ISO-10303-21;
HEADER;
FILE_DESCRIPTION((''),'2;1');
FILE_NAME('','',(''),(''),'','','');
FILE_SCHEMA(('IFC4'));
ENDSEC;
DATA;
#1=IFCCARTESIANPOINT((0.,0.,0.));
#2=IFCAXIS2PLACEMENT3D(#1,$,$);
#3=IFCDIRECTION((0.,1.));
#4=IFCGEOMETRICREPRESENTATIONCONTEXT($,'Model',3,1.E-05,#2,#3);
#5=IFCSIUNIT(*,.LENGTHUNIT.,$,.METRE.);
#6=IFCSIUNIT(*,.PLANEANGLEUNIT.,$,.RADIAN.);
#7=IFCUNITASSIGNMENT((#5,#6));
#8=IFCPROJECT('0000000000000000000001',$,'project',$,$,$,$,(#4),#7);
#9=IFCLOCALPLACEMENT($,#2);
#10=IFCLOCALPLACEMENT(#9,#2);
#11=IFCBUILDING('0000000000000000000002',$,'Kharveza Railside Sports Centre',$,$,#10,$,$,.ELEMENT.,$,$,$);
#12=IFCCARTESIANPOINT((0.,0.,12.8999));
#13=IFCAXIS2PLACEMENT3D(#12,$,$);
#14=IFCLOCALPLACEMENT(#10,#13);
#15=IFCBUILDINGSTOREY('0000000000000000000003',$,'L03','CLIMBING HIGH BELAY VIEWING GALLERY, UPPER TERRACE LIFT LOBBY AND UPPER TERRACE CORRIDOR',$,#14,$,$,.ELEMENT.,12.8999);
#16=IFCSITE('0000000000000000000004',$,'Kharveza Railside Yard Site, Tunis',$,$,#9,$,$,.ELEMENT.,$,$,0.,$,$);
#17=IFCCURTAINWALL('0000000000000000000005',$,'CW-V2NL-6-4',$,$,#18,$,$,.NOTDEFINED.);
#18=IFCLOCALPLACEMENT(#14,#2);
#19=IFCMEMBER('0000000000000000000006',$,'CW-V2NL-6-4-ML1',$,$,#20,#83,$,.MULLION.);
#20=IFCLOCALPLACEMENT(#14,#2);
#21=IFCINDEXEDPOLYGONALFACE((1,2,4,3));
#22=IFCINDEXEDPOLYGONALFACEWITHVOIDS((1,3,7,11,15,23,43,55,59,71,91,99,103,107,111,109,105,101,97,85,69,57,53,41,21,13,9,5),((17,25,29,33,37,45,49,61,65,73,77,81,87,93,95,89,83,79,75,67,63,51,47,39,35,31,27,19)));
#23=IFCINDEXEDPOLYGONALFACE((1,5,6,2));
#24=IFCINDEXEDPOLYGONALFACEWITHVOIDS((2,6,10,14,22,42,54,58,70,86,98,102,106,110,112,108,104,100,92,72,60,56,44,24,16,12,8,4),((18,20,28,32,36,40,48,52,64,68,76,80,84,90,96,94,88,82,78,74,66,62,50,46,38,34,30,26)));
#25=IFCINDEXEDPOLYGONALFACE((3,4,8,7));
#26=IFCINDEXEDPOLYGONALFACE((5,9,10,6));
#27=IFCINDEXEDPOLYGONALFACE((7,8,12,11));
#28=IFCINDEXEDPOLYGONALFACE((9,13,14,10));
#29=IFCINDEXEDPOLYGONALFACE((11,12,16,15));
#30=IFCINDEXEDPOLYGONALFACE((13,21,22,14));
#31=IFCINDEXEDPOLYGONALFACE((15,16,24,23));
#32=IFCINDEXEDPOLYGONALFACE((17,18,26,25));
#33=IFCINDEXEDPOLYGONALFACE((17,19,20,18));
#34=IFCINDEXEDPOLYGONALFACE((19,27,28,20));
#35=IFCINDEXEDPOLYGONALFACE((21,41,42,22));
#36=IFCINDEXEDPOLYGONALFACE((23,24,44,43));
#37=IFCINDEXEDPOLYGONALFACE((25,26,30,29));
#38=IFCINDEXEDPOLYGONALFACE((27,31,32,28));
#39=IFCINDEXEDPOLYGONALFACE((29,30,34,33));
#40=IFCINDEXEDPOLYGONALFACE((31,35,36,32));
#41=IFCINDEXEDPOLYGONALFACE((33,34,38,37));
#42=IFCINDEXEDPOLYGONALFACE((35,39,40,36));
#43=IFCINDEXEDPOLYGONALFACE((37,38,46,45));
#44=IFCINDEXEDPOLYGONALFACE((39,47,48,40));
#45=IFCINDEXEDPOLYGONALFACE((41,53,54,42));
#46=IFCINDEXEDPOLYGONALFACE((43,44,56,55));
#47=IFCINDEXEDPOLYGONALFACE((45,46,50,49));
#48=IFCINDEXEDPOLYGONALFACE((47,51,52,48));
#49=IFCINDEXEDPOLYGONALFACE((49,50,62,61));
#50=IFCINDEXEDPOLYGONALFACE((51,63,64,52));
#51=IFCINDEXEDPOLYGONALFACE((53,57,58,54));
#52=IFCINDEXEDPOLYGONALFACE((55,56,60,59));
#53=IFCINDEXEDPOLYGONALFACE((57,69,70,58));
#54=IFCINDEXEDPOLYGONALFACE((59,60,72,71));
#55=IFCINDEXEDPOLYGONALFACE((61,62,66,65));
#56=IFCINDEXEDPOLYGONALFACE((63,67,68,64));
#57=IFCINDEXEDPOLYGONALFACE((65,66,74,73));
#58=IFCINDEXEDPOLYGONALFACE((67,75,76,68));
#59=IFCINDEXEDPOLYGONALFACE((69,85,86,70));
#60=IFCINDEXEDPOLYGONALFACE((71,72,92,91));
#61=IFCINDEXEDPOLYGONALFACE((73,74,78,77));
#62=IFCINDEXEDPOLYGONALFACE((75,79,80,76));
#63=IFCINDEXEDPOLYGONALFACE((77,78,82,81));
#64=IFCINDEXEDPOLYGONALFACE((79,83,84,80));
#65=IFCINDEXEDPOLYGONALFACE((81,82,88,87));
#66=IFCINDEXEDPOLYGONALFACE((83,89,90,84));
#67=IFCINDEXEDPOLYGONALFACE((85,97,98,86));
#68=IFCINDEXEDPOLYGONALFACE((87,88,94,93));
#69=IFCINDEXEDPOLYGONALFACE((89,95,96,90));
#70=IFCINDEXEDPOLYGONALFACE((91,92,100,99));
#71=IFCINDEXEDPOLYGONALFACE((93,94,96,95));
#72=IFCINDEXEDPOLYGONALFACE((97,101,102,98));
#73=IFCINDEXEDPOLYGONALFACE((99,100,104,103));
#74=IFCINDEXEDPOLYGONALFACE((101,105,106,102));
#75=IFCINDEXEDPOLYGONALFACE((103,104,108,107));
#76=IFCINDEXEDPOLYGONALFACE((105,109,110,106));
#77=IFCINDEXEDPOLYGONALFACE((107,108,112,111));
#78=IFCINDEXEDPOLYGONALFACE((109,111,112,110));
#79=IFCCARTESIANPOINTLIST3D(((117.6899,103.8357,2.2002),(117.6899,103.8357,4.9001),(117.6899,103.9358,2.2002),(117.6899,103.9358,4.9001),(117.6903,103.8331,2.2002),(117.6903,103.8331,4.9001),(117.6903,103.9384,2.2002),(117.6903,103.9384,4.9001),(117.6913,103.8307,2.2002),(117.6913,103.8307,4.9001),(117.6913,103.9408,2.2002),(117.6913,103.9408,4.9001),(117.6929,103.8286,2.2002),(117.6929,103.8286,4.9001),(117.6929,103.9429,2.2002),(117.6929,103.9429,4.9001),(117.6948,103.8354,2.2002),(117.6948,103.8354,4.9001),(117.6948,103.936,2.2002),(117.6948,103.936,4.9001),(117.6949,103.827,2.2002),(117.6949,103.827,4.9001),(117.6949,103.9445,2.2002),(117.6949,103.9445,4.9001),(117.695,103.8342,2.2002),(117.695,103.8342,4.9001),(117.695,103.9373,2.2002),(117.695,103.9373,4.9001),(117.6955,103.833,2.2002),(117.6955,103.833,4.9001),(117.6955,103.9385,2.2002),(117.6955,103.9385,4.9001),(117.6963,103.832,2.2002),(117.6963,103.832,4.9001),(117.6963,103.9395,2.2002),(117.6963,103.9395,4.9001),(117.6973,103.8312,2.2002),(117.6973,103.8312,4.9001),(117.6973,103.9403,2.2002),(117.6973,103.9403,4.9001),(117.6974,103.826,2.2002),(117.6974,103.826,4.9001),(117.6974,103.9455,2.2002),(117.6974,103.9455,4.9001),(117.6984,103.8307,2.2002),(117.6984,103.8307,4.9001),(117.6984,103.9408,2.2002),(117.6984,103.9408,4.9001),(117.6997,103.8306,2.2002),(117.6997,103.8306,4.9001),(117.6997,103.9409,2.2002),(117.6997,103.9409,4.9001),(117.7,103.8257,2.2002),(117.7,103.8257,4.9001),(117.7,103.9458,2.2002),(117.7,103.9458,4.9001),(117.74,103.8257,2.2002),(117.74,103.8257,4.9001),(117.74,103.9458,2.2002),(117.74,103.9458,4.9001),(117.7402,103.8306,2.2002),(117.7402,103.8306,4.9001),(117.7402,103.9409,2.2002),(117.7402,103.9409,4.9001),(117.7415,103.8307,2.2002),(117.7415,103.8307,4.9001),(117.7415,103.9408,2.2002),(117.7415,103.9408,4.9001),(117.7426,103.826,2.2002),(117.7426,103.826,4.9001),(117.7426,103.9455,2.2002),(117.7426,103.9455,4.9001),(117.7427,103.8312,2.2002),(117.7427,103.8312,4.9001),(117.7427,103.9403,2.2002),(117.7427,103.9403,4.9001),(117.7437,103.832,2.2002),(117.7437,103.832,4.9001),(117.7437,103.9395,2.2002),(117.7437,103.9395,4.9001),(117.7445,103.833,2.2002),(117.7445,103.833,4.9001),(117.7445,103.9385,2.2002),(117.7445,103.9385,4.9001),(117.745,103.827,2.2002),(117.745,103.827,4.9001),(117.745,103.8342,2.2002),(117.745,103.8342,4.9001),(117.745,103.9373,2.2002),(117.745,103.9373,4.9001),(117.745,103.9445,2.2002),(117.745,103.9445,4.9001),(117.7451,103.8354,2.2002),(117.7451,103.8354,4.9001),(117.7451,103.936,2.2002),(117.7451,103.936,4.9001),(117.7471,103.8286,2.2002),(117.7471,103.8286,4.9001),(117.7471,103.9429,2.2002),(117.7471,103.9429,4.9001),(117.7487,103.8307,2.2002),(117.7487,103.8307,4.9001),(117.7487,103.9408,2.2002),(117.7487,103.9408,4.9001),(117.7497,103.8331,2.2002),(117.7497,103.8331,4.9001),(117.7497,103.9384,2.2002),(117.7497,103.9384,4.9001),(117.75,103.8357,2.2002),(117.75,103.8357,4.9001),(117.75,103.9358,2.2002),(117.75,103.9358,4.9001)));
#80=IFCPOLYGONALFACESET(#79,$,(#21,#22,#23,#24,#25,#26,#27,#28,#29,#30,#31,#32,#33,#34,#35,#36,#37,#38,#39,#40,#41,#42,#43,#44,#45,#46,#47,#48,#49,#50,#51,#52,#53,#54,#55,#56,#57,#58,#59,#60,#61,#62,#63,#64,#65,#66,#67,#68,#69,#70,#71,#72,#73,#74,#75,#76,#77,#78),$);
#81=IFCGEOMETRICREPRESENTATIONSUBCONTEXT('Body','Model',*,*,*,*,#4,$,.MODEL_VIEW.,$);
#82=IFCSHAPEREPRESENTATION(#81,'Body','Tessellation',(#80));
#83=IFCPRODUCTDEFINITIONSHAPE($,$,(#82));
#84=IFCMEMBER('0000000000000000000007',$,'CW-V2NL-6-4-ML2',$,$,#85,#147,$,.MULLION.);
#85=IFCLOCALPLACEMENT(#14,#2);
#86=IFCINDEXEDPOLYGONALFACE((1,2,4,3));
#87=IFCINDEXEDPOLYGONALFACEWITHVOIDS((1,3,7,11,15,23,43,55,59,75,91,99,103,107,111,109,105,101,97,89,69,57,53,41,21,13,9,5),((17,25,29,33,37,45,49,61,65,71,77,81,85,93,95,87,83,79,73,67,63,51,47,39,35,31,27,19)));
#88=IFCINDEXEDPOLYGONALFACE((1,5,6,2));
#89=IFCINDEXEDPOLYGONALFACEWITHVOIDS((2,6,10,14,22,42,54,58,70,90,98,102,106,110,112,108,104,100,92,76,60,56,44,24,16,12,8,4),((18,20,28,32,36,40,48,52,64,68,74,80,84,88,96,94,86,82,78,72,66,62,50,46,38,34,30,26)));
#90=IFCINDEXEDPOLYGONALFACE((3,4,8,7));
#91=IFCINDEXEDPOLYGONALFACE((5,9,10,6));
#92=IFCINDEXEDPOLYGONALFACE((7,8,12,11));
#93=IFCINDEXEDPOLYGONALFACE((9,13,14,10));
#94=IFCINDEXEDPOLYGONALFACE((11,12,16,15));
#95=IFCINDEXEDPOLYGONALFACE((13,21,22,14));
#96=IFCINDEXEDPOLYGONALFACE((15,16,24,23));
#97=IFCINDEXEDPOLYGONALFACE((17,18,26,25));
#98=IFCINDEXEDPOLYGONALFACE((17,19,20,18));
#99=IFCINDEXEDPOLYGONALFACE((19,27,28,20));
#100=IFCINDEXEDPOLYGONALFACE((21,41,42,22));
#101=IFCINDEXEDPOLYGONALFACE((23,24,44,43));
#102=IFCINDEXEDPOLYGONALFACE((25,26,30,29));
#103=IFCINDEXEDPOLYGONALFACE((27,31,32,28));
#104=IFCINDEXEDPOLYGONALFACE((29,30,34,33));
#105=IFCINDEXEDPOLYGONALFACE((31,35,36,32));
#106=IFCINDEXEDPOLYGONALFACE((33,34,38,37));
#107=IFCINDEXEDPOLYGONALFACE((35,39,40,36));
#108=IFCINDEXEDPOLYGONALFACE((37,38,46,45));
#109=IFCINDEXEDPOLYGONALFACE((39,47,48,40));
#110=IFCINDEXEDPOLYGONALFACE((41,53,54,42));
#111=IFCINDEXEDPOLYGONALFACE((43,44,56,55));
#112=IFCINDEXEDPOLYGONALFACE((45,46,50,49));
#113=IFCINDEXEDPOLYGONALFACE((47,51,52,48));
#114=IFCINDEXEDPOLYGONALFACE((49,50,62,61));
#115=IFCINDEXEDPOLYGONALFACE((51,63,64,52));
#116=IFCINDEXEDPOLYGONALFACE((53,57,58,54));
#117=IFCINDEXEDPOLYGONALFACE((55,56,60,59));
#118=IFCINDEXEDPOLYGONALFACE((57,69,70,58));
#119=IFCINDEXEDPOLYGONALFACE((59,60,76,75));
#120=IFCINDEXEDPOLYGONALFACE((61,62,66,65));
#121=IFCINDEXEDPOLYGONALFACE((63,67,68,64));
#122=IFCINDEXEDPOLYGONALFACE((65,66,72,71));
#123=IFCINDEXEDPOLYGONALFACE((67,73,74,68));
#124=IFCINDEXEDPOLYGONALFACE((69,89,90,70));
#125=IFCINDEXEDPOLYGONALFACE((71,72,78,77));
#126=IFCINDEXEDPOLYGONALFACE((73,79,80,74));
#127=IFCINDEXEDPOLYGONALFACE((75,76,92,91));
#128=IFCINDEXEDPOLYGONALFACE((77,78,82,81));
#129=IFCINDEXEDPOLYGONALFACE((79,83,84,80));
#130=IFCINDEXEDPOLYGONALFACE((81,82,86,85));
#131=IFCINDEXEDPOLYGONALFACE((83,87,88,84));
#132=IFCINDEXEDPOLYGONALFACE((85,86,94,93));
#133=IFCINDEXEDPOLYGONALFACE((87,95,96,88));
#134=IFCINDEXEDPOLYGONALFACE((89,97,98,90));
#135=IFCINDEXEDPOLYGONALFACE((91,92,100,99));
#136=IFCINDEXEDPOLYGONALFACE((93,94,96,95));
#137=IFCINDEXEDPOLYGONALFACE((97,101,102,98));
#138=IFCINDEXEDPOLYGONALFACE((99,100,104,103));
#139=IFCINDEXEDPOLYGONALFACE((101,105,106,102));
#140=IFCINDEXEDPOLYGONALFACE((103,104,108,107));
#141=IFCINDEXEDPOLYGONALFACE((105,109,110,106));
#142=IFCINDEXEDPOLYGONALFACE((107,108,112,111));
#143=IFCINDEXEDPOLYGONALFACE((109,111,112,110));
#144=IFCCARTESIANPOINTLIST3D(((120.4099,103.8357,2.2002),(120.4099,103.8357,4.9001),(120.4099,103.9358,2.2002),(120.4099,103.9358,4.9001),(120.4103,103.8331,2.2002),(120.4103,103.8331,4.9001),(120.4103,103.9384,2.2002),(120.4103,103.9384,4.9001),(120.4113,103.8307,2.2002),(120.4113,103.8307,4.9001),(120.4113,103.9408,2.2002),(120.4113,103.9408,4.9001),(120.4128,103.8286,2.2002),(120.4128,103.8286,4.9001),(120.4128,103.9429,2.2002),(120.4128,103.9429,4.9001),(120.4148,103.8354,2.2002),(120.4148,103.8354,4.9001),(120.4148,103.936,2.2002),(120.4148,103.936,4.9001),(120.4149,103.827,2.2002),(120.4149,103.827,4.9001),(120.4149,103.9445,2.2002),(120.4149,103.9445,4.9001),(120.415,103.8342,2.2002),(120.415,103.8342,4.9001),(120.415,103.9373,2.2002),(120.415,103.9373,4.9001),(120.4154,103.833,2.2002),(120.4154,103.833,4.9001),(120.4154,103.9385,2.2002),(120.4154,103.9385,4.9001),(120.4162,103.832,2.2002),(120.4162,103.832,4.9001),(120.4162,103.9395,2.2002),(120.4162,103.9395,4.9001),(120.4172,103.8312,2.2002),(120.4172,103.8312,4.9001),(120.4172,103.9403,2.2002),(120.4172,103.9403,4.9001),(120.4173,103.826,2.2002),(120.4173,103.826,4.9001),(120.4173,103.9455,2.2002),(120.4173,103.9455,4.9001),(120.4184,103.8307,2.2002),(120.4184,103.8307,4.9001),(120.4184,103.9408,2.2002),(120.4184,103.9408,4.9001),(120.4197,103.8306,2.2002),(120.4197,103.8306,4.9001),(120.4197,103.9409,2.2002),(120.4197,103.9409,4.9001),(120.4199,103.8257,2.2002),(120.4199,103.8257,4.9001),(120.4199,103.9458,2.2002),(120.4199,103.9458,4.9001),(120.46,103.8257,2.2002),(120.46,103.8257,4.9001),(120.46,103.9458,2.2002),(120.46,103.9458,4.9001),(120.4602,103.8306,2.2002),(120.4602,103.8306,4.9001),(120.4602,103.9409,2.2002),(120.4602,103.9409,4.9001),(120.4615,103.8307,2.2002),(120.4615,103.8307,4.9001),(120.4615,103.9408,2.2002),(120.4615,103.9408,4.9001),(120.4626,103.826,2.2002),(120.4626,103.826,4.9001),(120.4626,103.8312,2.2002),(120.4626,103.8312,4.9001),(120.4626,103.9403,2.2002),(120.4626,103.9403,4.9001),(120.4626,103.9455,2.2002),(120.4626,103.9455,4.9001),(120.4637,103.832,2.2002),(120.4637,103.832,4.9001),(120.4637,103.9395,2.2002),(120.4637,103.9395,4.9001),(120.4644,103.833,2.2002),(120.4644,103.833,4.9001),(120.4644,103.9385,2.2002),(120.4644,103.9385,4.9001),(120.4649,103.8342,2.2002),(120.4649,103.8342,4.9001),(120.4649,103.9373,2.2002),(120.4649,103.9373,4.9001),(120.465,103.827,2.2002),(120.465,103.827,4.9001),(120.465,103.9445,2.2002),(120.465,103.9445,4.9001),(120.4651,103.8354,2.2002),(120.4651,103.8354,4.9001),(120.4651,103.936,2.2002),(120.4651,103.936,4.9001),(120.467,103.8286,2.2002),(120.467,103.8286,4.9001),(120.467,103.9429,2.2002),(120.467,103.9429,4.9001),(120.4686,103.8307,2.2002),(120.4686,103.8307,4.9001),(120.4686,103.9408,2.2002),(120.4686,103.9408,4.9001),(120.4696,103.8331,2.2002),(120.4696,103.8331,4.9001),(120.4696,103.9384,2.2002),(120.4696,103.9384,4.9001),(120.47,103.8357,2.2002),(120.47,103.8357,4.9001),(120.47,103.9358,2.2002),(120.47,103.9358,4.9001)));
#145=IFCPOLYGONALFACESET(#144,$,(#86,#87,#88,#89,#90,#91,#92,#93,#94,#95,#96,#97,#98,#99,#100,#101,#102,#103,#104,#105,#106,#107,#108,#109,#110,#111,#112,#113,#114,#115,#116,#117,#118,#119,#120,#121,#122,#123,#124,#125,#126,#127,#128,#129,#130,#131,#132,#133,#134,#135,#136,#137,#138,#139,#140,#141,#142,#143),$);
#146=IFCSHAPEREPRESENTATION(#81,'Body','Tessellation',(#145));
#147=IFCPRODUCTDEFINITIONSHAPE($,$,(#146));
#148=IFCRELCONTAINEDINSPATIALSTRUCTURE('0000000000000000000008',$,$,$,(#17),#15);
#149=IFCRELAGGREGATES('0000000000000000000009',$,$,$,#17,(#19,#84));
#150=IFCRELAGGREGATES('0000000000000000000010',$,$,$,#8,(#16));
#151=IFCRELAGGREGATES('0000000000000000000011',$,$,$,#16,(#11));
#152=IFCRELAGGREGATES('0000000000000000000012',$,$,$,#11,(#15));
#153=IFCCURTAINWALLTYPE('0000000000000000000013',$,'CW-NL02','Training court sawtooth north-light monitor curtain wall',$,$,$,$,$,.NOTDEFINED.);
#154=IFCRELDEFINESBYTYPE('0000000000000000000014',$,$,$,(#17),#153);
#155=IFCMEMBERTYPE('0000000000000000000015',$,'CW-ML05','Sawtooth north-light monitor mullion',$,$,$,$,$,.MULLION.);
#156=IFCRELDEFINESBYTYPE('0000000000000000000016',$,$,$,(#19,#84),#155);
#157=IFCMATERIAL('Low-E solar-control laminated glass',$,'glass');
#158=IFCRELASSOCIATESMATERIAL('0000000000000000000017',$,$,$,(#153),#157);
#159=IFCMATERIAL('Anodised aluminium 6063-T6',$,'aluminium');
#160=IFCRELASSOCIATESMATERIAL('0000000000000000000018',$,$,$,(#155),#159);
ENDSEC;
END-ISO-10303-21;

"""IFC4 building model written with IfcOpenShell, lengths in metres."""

from ifc_helpers import new_model, si_unit, direction, frame, origin, origin_2d, place, context, subcontext, project, spatial, hollow_rectangle, extrude, material, material_profile, profile_set, type_object, element, aggregate, save


model = new_model("IFC4")

# Units and contexts
model_context = context("Model", 3, precision=1e-05, world=origin(), true_north=direction((0.0, 1.0)))
body_context = subcontext(model_context, "Body", "Model", "MODEL_VIEW")
ifc_project = project(units=[si_unit("LENGTHUNIT", "METRE"), si_unit("PLANEANGLEUNIT", "RADIAN")], contexts=[model_context])

# Site, building, storey
site_placement = place(None, origin())
site = spatial("IfcSite", under=ifc_project, at=site_placement, Name="Kharveza Railside Yard Site, Tunis", CompositionType="ELEMENT", RefElevation=0.0)
building_placement = place(site_placement, origin())
building = spatial("IfcBuilding", under=site, at=building_placement, Name="Kharveza Railside Sports Centre", CompositionType="ELEMENT")
storey_placement = place(building_placement, frame((0.0, 0.0, 12.8999)))
storey = spatial("IfcBuildingStorey", under=building, at=storey_placement, Name="L03", Description="CLIMBING HIGH BELAY VIEWING GALLERY, UPPER TERRACE LIFT LOBBY AND UPPER TERRACE CORRIDOR", CompositionType="ELEMENT", Elevation=12.8999)

# Curtain wall, members
ifc_material_1 = material(Name="Low-E solar-control laminated glass", Category="glass")
curtain_wall_type = type_object("IfcCurtainWallType", Name="CW-NL02", Description="Training court sawtooth north-light monitor curtain wall", PredefinedType="NOTDEFINED", material=ifc_material_1)
curtain_wall_1_placement = place(storey_placement, origin())
curtain_wall_1 = element("IfcCurtainWall", 1, at=curtain_wall_1_placement, inside=storey, type_object=curtain_wall_type, Name="CW-V2NL-6-4", PredefinedType="NOTDEFINED")
ifc_material_2 = material(Name="Anodised aluminium 6063-T6", Category="aluminium")
ifc_material_profile_1 = material_profile(ifc_material_2, hollow_rectangle(XDim=0.0601, YDim=0.1201, WallThickness=0.0049, InnerFilletRadius=0.0049, OuterFilletRadius=0.01, at=origin_2d()), Name="RHS 60x120x5.0")
ifc_profile_set_1 = profile_set([ifc_material_profile_1], Name="Anodised aluminium 6063-T6")
member_type_1 = type_object("IfcMemberType", Name="CW-ML05", Description="Sawtooth north-light monitor mullion", PredefinedType="MULLION", material=ifc_profile_set_1)
member_1_placement = place(storey_placement, frame((117.72, 103.8857, 2.2002), z_axis=(0.0, 0.0, 1.0), x_axis=(1.0, 0.0, 0.0)))
member_1 = element("IfcMember", 2, at=member_1_placement, type_object=member_type_1, Name="CW-V2NL-6-4-ML1", PredefinedType="MULLION", context=body_context, shape_type="SweptSolid", body=[
    extrude(hollow_rectangle(XDim=0.0601, YDim=0.1201, WallThickness=0.0049, InnerFilletRadius=0.0049, OuterFilletRadius=0.01, at=origin_2d()), origin(), (0.0, 0.0, 1.0), 2.7),
])
member_2_placement = place(storey_placement, frame((120.4399, 103.8857, 2.2002), z_axis=(0.0, 0.0, 1.0), x_axis=(1.0, 0.0, 0.0)))
member_2 = element("IfcMember", 3, at=member_2_placement, type_object=member_type_1, Name="CW-V2NL-6-4-ML2", PredefinedType="MULLION", context=body_context, shape_type="SweptSolid", body=[
    extrude(hollow_rectangle(XDim=0.0601, YDim=0.1201, WallThickness=0.0049, InnerFilletRadius=0.0049, OuterFilletRadius=0.01, at=origin_2d()), origin(), (0.0, 0.0, 1.0), 2.7),
])

aggregate(curtain_wall_1, [member_1, member_2])

save(model, "model.ifc")
